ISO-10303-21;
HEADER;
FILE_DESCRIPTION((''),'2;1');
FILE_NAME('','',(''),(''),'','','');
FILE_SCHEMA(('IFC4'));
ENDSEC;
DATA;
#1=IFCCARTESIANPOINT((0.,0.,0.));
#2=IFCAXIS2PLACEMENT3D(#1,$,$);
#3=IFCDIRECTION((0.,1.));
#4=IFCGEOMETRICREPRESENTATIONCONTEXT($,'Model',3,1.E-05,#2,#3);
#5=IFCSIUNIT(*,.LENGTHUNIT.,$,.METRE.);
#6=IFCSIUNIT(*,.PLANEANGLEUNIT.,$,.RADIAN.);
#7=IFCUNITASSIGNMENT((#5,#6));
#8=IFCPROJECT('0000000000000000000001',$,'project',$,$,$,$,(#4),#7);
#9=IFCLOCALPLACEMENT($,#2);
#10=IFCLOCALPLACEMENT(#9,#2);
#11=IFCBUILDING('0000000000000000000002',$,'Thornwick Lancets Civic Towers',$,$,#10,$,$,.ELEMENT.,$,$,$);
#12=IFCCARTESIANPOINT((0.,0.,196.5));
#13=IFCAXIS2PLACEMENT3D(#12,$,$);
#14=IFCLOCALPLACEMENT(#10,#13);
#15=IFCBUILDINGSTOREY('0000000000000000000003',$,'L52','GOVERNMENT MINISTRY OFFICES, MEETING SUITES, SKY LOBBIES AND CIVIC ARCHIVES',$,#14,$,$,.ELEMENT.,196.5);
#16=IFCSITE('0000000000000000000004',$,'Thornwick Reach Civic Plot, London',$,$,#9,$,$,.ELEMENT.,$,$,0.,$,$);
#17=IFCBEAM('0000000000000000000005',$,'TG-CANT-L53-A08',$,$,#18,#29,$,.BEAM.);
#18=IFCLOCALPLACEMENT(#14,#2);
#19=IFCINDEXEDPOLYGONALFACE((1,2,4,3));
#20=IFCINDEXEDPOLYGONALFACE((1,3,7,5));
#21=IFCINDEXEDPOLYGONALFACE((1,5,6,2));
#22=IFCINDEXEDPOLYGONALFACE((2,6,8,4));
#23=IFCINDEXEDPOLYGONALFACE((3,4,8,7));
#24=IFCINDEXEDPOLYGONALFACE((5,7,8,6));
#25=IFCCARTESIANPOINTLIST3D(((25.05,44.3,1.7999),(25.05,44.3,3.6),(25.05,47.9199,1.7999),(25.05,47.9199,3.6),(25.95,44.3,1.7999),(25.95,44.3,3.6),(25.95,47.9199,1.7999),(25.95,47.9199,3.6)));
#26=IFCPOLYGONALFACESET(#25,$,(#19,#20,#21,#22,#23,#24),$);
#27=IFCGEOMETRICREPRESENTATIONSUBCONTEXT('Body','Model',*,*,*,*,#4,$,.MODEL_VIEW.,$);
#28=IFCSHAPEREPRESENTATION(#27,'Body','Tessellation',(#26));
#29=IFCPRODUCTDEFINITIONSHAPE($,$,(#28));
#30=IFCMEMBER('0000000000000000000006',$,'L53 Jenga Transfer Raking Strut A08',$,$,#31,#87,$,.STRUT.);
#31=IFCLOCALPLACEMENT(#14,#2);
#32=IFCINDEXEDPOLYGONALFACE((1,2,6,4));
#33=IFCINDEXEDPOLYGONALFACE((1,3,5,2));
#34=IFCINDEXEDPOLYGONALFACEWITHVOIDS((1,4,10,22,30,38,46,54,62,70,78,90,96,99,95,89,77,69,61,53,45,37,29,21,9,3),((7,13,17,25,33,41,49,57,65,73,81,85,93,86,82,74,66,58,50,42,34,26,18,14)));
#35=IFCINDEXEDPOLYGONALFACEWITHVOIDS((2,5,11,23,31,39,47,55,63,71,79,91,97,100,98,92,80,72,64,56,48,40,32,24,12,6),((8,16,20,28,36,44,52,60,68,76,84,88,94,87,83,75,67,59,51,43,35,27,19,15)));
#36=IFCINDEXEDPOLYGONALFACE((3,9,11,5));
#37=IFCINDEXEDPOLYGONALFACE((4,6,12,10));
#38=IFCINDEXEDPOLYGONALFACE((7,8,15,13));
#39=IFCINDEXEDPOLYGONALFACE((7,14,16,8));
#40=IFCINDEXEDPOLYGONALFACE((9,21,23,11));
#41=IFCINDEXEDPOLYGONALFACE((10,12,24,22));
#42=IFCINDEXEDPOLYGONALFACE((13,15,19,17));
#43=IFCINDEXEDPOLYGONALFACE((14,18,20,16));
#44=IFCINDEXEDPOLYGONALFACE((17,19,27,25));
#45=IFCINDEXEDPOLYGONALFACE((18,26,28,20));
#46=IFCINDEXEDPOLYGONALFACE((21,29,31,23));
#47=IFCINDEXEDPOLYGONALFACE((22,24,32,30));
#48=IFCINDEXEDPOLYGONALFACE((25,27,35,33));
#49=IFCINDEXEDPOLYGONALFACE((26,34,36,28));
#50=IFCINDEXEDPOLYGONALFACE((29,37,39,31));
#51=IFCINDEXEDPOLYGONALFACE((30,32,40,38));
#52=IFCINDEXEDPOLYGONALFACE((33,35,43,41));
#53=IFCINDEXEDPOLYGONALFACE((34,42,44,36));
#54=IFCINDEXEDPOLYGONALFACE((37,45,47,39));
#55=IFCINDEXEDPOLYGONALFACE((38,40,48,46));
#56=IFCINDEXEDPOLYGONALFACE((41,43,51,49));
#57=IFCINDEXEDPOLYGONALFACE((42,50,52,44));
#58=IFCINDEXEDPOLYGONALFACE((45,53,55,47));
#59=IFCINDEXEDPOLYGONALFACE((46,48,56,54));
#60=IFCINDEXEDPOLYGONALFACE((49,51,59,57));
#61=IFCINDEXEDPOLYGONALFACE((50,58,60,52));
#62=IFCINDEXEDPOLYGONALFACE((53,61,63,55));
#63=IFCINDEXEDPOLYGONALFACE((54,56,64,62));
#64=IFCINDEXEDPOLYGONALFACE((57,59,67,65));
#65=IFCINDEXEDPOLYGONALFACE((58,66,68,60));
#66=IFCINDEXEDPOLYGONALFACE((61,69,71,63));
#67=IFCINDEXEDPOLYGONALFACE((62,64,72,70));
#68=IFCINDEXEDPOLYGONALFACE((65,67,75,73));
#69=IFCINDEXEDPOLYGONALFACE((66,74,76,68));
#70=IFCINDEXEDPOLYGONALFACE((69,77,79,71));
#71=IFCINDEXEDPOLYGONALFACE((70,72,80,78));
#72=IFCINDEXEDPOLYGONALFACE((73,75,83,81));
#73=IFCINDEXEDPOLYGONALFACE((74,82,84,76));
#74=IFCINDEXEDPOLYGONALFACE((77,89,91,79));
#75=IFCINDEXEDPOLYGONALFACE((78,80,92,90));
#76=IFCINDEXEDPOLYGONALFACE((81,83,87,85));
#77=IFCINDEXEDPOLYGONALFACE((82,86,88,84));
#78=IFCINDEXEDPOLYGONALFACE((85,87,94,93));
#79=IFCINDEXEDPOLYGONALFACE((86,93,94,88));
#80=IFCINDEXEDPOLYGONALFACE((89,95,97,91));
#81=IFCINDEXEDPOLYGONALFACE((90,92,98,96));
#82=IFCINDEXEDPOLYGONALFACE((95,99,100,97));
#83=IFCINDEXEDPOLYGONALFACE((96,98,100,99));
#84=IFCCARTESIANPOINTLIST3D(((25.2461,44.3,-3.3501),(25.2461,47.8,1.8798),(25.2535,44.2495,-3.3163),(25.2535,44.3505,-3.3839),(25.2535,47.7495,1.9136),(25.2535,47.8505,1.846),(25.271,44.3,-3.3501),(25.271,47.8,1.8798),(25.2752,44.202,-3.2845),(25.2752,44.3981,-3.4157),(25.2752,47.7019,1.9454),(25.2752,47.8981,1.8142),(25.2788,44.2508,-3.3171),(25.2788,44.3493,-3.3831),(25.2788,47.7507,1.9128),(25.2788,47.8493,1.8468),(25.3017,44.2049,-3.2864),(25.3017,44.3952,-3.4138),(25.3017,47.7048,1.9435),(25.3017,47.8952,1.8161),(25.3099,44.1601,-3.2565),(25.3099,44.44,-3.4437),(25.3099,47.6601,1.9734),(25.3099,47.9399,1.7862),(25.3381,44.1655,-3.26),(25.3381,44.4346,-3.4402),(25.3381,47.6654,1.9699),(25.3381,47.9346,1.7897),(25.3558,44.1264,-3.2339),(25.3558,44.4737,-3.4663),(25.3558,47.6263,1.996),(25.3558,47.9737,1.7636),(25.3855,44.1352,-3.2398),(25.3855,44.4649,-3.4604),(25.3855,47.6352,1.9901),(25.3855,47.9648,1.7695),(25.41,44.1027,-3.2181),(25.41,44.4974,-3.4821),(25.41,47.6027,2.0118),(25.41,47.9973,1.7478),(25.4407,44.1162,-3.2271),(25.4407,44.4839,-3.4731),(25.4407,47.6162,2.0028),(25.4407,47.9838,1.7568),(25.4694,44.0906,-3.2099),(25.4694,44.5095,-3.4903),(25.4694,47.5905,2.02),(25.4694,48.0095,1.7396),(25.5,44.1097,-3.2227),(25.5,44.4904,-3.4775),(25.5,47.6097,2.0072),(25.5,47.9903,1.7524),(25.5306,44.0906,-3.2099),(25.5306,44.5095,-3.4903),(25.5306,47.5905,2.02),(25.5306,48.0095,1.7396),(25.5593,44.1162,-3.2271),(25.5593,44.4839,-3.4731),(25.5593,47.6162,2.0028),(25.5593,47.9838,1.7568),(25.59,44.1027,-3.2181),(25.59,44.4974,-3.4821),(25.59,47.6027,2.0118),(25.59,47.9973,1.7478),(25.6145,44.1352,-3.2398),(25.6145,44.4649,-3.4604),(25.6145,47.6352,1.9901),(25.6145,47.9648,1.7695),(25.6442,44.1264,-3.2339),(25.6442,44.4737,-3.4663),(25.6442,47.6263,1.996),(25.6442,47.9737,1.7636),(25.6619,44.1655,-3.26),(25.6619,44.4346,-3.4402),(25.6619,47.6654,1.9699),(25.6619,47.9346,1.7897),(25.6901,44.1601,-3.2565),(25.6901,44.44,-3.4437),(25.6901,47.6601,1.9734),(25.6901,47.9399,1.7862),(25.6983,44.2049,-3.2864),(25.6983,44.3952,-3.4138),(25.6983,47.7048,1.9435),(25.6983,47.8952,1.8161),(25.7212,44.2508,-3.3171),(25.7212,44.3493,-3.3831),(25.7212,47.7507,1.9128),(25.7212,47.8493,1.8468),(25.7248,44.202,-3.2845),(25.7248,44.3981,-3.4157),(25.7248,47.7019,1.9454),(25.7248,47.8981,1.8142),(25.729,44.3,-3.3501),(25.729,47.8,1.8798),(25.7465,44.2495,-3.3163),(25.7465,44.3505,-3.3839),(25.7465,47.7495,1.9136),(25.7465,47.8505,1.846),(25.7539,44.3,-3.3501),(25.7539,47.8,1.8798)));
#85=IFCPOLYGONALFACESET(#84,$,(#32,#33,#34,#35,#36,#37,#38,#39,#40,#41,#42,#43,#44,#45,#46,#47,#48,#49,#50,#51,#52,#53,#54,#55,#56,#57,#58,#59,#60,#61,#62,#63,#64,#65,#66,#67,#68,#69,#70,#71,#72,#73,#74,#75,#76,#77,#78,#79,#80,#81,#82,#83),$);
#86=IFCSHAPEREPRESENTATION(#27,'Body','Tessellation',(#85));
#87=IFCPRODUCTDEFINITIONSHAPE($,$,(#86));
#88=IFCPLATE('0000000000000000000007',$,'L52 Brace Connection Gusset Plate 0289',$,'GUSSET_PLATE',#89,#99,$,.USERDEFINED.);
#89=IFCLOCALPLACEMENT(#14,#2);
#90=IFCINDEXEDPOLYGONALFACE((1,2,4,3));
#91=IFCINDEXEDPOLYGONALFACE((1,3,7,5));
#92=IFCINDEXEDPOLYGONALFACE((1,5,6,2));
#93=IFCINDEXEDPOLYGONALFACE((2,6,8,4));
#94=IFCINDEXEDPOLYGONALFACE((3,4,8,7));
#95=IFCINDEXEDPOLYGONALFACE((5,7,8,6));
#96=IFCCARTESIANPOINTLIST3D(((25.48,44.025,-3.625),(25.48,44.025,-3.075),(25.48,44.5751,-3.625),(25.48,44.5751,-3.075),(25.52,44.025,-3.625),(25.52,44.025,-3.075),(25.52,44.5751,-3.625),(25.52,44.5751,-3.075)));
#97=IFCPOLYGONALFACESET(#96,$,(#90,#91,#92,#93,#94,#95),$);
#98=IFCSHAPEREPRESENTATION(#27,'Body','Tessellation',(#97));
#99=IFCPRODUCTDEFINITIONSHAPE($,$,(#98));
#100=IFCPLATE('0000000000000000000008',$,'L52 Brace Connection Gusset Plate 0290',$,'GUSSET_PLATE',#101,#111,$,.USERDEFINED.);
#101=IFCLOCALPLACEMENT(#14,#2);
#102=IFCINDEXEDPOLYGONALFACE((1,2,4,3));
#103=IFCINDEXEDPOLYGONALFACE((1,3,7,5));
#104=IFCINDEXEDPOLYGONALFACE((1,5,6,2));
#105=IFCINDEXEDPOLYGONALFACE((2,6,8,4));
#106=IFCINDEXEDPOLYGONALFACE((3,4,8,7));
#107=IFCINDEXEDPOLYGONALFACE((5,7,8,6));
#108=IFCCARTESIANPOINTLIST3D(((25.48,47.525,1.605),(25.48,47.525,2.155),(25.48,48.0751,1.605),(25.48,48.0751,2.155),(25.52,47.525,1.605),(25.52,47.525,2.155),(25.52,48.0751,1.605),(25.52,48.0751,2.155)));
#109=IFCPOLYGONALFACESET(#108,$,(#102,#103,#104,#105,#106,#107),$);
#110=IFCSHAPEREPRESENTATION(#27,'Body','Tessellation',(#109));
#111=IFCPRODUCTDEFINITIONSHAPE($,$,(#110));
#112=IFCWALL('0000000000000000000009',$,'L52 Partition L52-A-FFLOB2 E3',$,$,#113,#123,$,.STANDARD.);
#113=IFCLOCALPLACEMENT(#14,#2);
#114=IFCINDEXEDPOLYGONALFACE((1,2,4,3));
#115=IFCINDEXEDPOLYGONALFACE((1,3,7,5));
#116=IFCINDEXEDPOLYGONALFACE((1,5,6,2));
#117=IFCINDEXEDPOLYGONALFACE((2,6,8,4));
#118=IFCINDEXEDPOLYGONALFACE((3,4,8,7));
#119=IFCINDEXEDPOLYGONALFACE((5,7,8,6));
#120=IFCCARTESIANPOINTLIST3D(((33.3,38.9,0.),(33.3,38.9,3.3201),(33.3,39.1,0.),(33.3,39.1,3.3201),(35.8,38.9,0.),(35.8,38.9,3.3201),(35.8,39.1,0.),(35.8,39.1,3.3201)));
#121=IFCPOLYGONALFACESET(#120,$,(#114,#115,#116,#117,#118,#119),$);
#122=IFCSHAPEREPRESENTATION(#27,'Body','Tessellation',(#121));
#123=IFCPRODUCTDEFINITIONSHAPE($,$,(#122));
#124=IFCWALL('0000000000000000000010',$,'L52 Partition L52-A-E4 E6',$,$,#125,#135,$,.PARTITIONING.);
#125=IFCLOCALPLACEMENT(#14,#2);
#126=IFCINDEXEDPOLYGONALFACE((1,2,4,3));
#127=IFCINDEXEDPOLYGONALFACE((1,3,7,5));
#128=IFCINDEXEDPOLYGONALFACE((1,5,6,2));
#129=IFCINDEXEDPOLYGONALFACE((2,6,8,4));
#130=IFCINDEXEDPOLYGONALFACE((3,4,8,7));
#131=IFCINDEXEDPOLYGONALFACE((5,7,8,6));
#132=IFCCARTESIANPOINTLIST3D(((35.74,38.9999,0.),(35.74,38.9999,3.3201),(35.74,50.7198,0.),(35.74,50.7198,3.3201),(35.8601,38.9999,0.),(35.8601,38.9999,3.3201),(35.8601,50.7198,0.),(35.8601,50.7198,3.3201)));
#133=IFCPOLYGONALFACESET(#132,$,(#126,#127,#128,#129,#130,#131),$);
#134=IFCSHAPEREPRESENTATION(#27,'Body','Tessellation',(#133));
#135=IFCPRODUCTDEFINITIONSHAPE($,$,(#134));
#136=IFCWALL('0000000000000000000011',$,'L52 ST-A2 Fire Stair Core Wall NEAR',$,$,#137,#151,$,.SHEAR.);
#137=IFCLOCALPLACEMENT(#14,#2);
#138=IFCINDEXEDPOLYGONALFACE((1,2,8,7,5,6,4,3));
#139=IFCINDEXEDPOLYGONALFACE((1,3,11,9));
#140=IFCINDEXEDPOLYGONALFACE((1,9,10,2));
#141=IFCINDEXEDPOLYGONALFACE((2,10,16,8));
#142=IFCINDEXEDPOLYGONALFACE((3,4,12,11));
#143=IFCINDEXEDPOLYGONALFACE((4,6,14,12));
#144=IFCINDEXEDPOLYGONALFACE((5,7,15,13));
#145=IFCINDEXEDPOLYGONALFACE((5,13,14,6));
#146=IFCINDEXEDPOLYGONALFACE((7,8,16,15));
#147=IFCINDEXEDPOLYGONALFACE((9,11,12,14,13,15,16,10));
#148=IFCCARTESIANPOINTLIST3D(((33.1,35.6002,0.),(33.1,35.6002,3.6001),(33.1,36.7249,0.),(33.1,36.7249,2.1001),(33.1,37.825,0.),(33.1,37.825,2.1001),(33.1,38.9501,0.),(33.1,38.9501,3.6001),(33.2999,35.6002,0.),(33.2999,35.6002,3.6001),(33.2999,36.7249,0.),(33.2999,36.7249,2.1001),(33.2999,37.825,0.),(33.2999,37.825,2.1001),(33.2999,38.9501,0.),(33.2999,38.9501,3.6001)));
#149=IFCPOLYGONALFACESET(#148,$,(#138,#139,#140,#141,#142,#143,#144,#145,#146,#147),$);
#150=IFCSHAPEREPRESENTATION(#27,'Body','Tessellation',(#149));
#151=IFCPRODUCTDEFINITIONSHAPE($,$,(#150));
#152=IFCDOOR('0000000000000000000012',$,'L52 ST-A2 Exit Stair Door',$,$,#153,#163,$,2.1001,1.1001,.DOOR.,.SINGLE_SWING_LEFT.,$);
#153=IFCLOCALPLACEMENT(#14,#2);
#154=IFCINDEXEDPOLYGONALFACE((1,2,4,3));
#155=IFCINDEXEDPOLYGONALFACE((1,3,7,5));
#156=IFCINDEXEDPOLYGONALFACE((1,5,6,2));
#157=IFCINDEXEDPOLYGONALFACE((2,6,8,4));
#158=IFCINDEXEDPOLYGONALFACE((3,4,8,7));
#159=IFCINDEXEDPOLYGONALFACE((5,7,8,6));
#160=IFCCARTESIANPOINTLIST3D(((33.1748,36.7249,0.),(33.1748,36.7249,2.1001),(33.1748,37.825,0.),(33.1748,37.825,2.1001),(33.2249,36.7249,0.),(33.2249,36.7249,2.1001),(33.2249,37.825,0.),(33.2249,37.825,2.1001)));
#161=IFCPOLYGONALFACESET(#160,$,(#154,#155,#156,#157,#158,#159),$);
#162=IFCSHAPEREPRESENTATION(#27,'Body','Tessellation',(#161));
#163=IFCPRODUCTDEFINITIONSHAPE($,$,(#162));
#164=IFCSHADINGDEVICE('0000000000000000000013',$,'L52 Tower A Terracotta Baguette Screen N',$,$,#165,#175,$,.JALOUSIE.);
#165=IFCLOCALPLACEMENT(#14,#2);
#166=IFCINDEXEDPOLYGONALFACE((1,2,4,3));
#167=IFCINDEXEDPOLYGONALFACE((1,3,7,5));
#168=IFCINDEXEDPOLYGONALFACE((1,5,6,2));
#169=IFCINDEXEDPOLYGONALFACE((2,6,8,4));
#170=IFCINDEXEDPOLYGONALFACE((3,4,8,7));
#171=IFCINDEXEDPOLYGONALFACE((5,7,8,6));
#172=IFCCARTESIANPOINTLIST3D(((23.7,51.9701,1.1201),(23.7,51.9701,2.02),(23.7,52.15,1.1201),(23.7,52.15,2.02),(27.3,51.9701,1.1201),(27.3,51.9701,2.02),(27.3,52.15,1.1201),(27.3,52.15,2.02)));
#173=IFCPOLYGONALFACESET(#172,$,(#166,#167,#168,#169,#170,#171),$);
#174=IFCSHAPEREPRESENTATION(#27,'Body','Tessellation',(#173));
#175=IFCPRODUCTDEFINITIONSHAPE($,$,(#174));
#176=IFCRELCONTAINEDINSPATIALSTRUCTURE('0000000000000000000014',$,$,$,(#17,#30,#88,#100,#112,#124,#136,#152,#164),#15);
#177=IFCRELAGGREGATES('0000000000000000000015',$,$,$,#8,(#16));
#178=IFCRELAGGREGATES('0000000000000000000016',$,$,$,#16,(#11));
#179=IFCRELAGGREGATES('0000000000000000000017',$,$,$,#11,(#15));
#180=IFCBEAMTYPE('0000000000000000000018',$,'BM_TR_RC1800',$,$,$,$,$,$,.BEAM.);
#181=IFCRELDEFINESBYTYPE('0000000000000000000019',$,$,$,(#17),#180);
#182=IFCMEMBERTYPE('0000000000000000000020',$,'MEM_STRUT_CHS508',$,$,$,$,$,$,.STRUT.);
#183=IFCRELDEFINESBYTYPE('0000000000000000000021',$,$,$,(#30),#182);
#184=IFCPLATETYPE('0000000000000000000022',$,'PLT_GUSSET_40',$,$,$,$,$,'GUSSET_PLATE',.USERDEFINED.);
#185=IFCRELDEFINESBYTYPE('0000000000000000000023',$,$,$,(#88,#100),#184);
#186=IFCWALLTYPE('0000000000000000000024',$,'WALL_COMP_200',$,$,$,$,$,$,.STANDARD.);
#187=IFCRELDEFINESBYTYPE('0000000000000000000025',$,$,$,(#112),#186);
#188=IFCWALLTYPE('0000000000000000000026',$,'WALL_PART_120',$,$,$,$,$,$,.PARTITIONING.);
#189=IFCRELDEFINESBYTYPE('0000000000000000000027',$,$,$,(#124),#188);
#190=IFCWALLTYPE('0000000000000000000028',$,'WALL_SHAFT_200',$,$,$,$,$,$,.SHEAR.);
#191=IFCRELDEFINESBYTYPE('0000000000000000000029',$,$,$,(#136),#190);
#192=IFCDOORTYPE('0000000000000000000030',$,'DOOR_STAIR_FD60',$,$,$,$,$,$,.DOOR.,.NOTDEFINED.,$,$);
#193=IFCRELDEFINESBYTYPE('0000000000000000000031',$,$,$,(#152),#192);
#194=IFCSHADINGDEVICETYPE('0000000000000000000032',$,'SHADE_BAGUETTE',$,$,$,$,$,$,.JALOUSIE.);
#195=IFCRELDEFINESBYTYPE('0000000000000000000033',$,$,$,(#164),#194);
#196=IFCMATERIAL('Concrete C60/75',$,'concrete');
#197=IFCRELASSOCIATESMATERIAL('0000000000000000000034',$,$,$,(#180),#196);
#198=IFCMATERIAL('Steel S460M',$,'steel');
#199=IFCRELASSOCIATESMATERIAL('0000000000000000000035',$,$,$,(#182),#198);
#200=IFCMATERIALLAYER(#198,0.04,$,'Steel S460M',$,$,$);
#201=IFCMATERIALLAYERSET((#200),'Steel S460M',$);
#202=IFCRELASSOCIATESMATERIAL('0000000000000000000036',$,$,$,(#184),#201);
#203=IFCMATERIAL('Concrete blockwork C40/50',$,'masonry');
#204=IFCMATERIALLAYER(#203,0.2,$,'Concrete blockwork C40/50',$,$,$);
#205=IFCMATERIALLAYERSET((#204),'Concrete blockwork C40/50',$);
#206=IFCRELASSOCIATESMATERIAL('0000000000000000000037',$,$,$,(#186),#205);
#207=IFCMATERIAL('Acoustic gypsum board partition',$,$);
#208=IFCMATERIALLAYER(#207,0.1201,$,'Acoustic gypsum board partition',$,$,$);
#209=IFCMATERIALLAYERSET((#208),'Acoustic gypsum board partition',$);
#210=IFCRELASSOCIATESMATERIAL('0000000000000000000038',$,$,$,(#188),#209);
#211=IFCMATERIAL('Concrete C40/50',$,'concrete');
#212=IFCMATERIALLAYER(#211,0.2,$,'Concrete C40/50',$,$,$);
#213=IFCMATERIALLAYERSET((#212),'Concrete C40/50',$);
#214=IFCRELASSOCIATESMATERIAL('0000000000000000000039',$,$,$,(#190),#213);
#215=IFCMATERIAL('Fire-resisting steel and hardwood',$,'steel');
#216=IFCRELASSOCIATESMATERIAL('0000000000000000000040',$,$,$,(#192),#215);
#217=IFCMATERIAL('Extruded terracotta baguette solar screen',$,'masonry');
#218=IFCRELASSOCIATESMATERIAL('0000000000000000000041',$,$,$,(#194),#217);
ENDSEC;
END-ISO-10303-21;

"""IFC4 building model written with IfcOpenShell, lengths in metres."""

from ifc_helpers import new_model, si_unit, direction, frame, frame_2d, origin, origin_2d, place, context, subcontext, project, spatial, rectangle, hollow_circle, extrude, material, layer, layer_set, material_profile, profile_set, type_object, element, fill, save


model = new_model("IFC4")

# Units and contexts
model_context = context("Model", 3, precision=1e-05, world=origin(), true_north=direction((0.0, 1.0)))
body_context = subcontext(model_context, "Body", "Model", "MODEL_VIEW")
ifc_project = project(units=[si_unit("LENGTHUNIT", "METRE"), si_unit("PLANEANGLEUNIT", "RADIAN")], contexts=[model_context])

# Site, building, storey
site_placement = place(None, origin())
site = spatial("IfcSite", under=ifc_project, at=site_placement, Name="Thornwick Reach Civic Plot, London", CompositionType="ELEMENT", RefElevation=0.0)
building_placement = place(site_placement, origin())
building = spatial("IfcBuilding", under=site, at=building_placement, Name="Thornwick Lancets Civic Towers", CompositionType="ELEMENT")
storey_placement = place(building_placement, frame((0.0, 0.0, 196.5)))
storey = spatial("IfcBuildingStorey", under=building, at=storey_placement, Name="L52", Description="GOVERNMENT MINISTRY OFFICES, MEETING SUITES, SKY LOBBIES AND CIVIC ARCHIVES", CompositionType="ELEMENT", Elevation=196.5)

# Shared definitions
ifc_material_1 = material(Name="Steel S460M", Category="steel")

# Beam
ifc_material_2 = material(Name="Concrete C40/50", Category="concrete")
ifc_material_3 = material(Name="Concrete C60/75", Category="concrete")
ifc_material_profile_1 = material_profile(ifc_material_3, rectangle(XDim=0.8999, YDim=1.8, at=origin_2d()), Name="RC 900x1800")
ifc_profile_set_1 = profile_set([ifc_material_profile_1], Name="Concrete C60/75")
beam_type_1 = type_object("IfcBeamType", Name="BM_TR_RC1800", PredefinedType="BEAM", material=ifc_profile_set_1)
beam_1_placement = place(storey_placement, frame((25.5, 44.3, 2.7), z_axis=(0.0, 1.0, 0.0), x_axis=(-1.0, 0.0, 0.0)))
element("IfcBeam", 1, at=beam_1_placement, inside=storey, type_object=beam_type_1, Name="TG-CANT-L53-A08", PredefinedType="BEAM", context=body_context, shape_type="SweptSolid", body=[
    extrude(rectangle(XDim=0.8999, YDim=1.8, at=origin_2d()), origin(), (0.0, 0.0, 1.0), 3.6199),
])

# Member
ifc_material_profile_2 = material_profile(ifc_material_1, hollow_circle(Radius=0.2539, WallThickness=0.0249, at=origin_2d()), Name="CHS 508x25")
ifc_profile_set_2 = profile_set([ifc_material_profile_2], Name="Steel S460M")
member_type = type_object("IfcMemberType", Name="MEM_STRUT_CHS508", PredefinedType="STRUT", material=ifc_profile_set_2)
member_placement = place(storey_placement, frame((25.5, 44.3, -3.3501), z_axis=(0.0, 0.556168, 0.83107), x_axis=(-1.0, 0.0, 0.0)))
element("IfcMember", 2, at=member_placement, inside=storey, type_object=member_type, Name="L53 Jenga Transfer Raking Strut A08", PredefinedType="STRUT", context=body_context, shape_type="SweptSolid", body=[
    extrude(hollow_circle(Radius=0.2539, WallThickness=0.0249, at=origin_2d()), origin(), (0.0, 0.0, 1.0), 6.293),
])

# Plates
ifc_layer_1 = layer(ifc_material_1, 0.04, Name="Steel S460M")
ifc_layer_set_1 = layer_set([ifc_layer_1], Name="Steel S460M")
plate_type = type_object("IfcPlateType", Name="PLT_GUSSET_40", ElementType="GUSSET_PLATE", PredefinedType="USERDEFINED", material=ifc_layer_set_1)
for number, where, z_axis, x_axis, name in (
    (3, (25.5, 44.3, -3.625), (0.0, 0.0, 1.0), (0.0, 1.0, 0.0), "L52 Brace Connection Gusset Plate 0289"),
    (4, (25.5, 47.8, 1.605), (0.0, 0.0, 1.0), (0.0, 1.0, 0.0), "L52 Brace Connection Gusset Plate 0290"),
):
    element("IfcPlate", number, at=place(storey_placement, frame(where, z_axis=z_axis, x_axis=x_axis)), inside=storey, type_object=plate_type, Name=name, ObjectType="GUSSET_PLATE", PredefinedType="USERDEFINED", context=body_context, shape_type="SweptSolid", body=[
        extrude(rectangle(XDim=0.55, YDim=0.04, at=origin_2d()), origin(), (0.0, 0.0, 1.0), 0.55),
    ])

# Walls
ifc_material_4 = material(Name="Concrete blockwork C40/50", Category="masonry")
ifc_layer_2 = layer(ifc_material_4, 0.2, Name="Concrete blockwork C40/50")
ifc_layer_set_2 = layer_set([ifc_layer_2], Name="Concrete blockwork C40/50")
wall_type_1 = type_object("IfcWallType", Name="WALL_COMP_200", PredefinedType="STANDARD", material=ifc_layer_set_2)
wall_1_placement = place(storey_placement, frame((35.8, 39.0, 0.0), z_axis=(0.0, 0.0, 1.0), x_axis=(-1.0, 0.0, 0.0)))
element("IfcWall", 5, at=wall_1_placement, inside=storey, type_object=wall_type_1, Name="L52 Partition L52-A-FFLOB2 E3", PredefinedType="STANDARD", context=body_context, shape_type="SweptSolid", body=[
    extrude(rectangle(XDim=2.5, YDim=0.2, at=frame_2d((1.25, 0.0))), origin(), (0.0, 0.0, 1.0), 3.3201),
])
ifc_material_5 = material(Name="Acoustic gypsum board partition")
ifc_layer_3 = layer(ifc_material_5, 0.1201, Name="Acoustic gypsum board partition")
ifc_layer_set_3 = layer_set([ifc_layer_3], Name="Acoustic gypsum board partition")
wall_type_2 = type_object("IfcWallType", Name="WALL_PART_120", PredefinedType="PARTITIONING", material=ifc_layer_set_3)
wall_2_placement = place(storey_placement, frame((35.8, 39.0, 0.0), z_axis=(0.0, 0.0, 1.0), x_axis=(0.0, 1.0, 0.0)))
element("IfcWall", 6, at=wall_2_placement, inside=storey, type_object=wall_type_2, Name="L52 Partition L52-A-E4 E6", PredefinedType="PARTITIONING", context=body_context, shape_type="SweptSolid", body=[
    extrude(rectangle(XDim=11.72, YDim=0.1201, at=frame_2d((5.8599, 0.0))), origin(), (0.0, 0.0, 1.0), 3.3201),
])

# Wall, opening, door
ifc_layer_4 = layer(ifc_material_2, 0.2, Name="Concrete C40/50")
ifc_layer_set_4 = layer_set([ifc_layer_4], Name="Concrete C40/50")
wall_type_3 = type_object("IfcWallType", Name="WALL_SHAFT_200", PredefinedType="SHEAR", material=ifc_layer_set_4)
wall_3_placement = place(storey_placement, frame((33.2, 38.95, 0.0), z_axis=(0.0, 0.0, 1.0), x_axis=(0.0, -1.0, 0.0)))
wall_3 = element("IfcWall", 7, at=wall_3_placement, inside=storey, type_object=wall_type_3, Name="L52 ST-A2 Fire Stair Core Wall NEAR", PredefinedType="SHEAR", context=body_context, shape_type="SweptSolid", body=[
    extrude(rectangle(XDim=3.3499, YDim=0.2, at=frame_2d((1.6748, 0.0))), origin(), (0.0, 0.0, 1.0), 3.6001),
])
opening_placement = place(wall_3_placement, frame((1.125, 0.0, 0.0)))
opening = element("IfcOpeningElement", 8, at=opening_placement, cuts=wall_3, PredefinedType="OPENING", context=body_context, shape_type="SweptSolid", body=[
    extrude(rectangle(XDim=1.1001, YDim=2.1001, at=frame_2d((0.55, 1.05))), frame((0.0, 0.1099, 0.0), z_axis=(0.0, -1.0, 0.0), x_axis=(1.0, 0.0, 0.0)), (0.0, 0.0, 1.0), 0.22),
])
ifc_material_6 = material(Name="Fire-resisting steel and hardwood", Category="steel")
door_type = type_object("IfcDoorType", Name="DOOR_STAIR_FD60", OperationType="NOTDEFINED", PredefinedType="DOOR", material=ifc_material_6)
door_placement = place(opening_placement, origin())
door = element("IfcDoor", 9, at=door_placement, inside=storey, type_object=door_type, Name="L52 ST-A2 Exit Stair Door", OperationType="SINGLE_SWING_LEFT", OverallHeight=2.1001, OverallWidth=1.1001, PredefinedType="DOOR", context=body_context, shape_type="SweptSolid", body=[
    extrude(rectangle(XDim=1.1001, YDim=2.1001, at=frame_2d((0.55, 1.05))), frame((0.0, 0.0249, 0.0), z_axis=(0.0, -1.0, 0.0), x_axis=(1.0, 0.0, 0.0)), (0.0, 0.0, 1.0), 0.05),
])
fill(opening, door)

# Shading device
ifc_material_7 = material(Name="Extruded terracotta baguette solar screen", Category="masonry")
shading_device_type = type_object("IfcShadingDeviceType", Name="SHADE_BAGUETTE", PredefinedType="JALOUSIE", material=ifc_material_7)
shading_device_placement = place(storey_placement, frame((25.5, 52.0601, 1.1201), z_axis=(0.0, 0.0, 1.0), x_axis=(1.0, 0.0, 0.0)))
element("IfcShadingDevice", 10, at=shading_device_placement, inside=storey, type_object=shading_device_type, Name="L52 Tower A Terracotta Baguette Screen N", PredefinedType="JALOUSIE", context=body_context, shape_type="SweptSolid", body=[
    extrude(rectangle(XDim=3.6001, YDim=0.1799, at=origin_2d()), origin(), (0.0, 0.0, 1.0), 0.8999),
])

save(model, "model.ifc")
